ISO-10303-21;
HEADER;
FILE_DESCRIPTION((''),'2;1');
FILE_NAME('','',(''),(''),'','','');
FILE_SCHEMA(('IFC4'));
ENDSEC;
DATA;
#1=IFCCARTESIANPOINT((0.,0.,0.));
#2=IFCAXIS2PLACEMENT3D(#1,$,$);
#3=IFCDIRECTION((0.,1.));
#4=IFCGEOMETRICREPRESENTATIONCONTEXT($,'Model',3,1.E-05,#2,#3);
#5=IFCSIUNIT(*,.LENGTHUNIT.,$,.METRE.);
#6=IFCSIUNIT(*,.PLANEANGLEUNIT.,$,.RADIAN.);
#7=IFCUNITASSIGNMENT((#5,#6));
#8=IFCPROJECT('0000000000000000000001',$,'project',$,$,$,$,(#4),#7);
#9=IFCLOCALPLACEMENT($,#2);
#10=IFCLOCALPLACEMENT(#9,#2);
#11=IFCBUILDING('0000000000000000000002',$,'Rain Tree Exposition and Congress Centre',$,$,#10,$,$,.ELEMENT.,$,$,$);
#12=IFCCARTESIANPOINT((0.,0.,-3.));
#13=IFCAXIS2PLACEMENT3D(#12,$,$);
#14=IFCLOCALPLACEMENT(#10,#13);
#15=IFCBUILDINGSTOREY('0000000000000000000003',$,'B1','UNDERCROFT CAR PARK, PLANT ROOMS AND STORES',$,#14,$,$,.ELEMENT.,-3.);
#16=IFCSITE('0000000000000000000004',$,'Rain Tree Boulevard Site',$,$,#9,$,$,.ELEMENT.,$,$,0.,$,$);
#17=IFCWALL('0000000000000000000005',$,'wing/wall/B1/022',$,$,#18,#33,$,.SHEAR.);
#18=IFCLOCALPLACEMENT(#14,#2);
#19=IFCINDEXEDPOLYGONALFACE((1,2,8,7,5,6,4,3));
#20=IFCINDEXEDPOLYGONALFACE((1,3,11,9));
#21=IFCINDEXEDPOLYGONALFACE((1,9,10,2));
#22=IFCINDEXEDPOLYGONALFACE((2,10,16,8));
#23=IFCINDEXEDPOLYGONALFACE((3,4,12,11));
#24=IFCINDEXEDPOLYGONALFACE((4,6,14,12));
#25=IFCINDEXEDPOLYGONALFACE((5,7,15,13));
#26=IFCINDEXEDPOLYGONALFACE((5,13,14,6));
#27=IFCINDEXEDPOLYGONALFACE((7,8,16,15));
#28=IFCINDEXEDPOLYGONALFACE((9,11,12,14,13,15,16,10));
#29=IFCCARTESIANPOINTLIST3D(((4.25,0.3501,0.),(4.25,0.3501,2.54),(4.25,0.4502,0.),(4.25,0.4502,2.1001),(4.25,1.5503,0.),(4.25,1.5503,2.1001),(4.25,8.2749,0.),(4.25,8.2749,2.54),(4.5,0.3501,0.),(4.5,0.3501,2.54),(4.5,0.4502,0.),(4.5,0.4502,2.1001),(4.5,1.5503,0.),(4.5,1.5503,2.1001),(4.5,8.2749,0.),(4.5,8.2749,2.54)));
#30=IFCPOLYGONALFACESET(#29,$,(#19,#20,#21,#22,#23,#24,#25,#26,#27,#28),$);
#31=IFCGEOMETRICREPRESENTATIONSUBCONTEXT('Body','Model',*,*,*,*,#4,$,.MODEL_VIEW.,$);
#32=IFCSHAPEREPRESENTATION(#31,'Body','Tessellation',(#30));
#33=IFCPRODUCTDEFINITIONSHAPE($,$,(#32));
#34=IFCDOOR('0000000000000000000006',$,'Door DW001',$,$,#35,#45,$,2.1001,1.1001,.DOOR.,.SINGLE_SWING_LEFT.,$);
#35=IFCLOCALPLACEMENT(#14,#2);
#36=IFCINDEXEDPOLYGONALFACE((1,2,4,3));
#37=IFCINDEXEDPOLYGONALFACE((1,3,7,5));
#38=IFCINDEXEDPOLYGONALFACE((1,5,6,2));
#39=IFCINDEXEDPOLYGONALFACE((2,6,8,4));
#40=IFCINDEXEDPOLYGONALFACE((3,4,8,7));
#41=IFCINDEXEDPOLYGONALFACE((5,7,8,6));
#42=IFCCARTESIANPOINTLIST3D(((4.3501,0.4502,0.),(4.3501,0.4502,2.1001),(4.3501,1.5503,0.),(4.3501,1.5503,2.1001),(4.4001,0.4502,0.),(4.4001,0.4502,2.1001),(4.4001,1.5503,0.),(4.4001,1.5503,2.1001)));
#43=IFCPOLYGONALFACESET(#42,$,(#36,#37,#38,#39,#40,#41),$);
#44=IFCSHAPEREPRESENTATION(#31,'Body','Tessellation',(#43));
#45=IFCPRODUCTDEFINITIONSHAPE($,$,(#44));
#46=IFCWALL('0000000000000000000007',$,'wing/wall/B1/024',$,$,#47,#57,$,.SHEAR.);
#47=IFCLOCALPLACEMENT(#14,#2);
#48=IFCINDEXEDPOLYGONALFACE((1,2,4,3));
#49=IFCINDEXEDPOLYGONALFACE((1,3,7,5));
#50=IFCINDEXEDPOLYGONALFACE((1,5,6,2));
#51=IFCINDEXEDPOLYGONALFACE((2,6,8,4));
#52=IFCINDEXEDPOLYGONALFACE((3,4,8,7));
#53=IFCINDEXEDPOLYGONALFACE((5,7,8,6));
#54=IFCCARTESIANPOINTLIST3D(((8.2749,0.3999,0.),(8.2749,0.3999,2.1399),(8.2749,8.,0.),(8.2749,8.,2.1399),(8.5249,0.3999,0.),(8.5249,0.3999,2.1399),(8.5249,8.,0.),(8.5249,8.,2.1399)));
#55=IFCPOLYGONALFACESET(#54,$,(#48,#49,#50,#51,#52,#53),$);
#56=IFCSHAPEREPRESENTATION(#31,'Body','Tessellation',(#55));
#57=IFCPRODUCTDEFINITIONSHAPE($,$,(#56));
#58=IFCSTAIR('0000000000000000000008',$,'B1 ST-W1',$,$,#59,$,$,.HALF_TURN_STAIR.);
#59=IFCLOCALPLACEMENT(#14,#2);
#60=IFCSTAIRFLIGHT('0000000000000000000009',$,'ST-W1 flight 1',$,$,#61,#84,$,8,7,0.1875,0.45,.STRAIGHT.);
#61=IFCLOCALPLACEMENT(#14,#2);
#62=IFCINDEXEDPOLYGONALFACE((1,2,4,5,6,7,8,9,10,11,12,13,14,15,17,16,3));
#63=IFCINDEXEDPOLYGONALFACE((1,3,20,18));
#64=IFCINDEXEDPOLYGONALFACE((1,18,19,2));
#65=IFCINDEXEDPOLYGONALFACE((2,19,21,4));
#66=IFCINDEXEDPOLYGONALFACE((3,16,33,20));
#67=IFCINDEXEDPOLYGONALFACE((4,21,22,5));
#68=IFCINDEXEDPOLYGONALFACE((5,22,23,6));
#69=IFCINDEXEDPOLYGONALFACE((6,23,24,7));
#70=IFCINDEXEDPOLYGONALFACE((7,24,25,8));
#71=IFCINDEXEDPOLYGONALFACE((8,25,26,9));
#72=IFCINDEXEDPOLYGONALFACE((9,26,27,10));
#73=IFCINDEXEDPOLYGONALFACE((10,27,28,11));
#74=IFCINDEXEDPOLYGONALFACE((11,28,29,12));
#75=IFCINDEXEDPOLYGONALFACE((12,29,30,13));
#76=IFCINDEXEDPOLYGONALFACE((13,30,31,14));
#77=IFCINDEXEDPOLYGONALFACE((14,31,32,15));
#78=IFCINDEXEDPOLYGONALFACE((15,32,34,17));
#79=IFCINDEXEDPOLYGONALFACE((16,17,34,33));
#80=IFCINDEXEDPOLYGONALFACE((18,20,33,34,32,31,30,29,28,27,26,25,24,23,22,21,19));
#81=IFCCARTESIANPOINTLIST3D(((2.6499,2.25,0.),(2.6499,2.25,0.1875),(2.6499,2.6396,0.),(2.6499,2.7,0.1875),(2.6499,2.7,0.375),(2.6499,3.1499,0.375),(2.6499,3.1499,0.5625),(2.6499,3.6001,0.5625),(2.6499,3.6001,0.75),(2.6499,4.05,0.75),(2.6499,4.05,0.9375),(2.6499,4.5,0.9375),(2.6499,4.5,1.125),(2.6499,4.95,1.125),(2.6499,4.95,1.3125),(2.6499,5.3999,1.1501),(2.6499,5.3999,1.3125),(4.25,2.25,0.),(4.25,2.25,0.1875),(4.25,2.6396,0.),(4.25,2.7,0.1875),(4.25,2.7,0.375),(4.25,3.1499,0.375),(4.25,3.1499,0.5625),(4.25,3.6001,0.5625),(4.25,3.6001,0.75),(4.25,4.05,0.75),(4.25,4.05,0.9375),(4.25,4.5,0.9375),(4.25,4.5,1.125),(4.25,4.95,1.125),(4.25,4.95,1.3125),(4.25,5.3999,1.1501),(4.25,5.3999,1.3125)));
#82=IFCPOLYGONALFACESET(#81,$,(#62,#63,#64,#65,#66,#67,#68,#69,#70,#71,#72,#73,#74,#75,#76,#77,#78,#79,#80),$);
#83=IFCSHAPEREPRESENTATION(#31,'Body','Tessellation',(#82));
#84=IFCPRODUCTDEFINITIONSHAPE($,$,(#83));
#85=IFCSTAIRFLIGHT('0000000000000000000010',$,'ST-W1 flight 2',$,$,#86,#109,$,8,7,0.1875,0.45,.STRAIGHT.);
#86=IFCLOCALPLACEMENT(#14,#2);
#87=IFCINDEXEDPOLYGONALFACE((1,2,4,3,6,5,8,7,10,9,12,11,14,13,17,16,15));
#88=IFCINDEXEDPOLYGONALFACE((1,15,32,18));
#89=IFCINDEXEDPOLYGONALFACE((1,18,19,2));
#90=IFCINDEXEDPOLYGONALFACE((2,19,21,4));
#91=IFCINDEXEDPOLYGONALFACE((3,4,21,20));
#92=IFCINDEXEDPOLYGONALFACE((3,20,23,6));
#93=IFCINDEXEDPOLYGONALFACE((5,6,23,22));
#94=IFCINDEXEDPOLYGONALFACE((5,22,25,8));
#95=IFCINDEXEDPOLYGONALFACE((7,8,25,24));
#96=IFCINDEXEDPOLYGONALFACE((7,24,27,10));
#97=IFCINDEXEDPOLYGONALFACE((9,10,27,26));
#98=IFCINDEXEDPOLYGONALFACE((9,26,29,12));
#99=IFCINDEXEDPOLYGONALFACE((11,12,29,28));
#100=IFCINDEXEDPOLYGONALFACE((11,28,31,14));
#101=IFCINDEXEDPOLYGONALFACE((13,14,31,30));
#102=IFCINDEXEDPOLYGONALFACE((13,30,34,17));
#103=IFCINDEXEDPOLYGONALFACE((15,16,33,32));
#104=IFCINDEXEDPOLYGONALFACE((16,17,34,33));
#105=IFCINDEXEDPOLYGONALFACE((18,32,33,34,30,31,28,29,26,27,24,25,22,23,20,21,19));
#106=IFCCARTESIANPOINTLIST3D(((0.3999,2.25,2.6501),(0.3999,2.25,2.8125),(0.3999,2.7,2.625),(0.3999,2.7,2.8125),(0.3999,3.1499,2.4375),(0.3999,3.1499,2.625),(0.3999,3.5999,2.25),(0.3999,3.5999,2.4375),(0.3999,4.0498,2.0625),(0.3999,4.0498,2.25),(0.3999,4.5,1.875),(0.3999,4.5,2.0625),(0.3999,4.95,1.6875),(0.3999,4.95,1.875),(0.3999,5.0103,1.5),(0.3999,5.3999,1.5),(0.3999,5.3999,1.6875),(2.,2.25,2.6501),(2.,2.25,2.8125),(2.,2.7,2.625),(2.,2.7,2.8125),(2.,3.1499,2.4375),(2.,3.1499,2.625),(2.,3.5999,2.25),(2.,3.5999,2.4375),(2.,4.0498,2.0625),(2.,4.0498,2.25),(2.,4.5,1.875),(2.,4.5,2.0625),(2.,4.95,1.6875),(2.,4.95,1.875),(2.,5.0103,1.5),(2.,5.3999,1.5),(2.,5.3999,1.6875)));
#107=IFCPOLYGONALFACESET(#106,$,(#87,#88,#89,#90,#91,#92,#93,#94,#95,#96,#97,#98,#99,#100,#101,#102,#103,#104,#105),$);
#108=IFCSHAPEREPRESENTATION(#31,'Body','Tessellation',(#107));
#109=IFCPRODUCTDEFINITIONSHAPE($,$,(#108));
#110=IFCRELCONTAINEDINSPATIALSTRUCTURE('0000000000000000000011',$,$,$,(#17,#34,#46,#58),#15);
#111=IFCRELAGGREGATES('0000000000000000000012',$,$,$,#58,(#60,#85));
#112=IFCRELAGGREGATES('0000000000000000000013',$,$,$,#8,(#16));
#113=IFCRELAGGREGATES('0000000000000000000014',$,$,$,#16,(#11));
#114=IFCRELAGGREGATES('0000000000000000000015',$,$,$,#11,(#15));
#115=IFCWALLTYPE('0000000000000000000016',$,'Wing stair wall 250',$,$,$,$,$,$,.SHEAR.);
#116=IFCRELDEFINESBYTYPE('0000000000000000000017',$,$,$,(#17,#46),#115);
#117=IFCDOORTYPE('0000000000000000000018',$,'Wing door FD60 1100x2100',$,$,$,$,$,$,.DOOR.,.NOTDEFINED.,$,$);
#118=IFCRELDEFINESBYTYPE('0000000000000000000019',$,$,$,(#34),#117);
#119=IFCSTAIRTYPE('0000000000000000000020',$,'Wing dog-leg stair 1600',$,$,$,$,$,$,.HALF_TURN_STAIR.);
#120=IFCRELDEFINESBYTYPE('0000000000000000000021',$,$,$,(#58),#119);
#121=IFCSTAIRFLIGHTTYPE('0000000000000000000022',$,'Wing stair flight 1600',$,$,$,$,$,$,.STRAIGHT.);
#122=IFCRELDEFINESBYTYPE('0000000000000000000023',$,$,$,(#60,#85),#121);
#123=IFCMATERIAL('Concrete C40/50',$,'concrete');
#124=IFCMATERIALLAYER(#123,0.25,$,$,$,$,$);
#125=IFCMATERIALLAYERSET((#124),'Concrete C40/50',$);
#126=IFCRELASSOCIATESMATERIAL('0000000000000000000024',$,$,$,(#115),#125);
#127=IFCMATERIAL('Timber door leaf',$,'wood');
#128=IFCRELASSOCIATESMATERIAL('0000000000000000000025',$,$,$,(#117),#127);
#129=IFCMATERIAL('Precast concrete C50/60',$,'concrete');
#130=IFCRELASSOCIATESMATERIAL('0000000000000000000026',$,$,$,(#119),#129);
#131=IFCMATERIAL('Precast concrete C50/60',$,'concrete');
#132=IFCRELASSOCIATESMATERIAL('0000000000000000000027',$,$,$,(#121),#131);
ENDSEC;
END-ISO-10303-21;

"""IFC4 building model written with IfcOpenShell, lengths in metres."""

from ifc_helpers import new_model, si_unit, direction, frame, frame_2d, origin, place, context, subcontext, project, spatial, polyline, rectangle, outline, extrude, material, layer, layer_set, type_object, element, fill, aggregate, save


model = new_model("IFC4")

# Units and contexts
model_context = context("Model", 3, precision=1e-05, world=origin(), true_north=direction((0.0, 1.0)))
body_context = subcontext(model_context, "Body", "Model", "MODEL_VIEW")
ifc_project = project(units=[si_unit("LENGTHUNIT", "METRE"), si_unit("PLANEANGLEUNIT", "RADIAN")], contexts=[model_context])

# Site, building, storey
site_placement = place(None, origin())
site = spatial("IfcSite", under=ifc_project, at=site_placement, Name="Rain Tree Boulevard Site", CompositionType="ELEMENT", RefElevation=0.0)
building_placement = place(site_placement, origin())
building = spatial("IfcBuilding", under=site, at=building_placement, Name="Rain Tree Exposition and Congress Centre", CompositionType="ELEMENT")
storey_placement = place(building_placement, frame((0.0, 0.0, -3.0)))
storey = spatial("IfcBuildingStorey", under=building, at=storey_placement, Name="B1", Description="UNDERCROFT CAR PARK, PLANT ROOMS AND STORES", CompositionType="ELEMENT", Elevation=-3.0)

# Wall, opening, door
ifc_material_1 = material(Name="Concrete C40/50", Category="concrete")
ifc_layer = layer(ifc_material_1, 0.25)
ifc_layer_set = layer_set([ifc_layer], Name="Concrete C40/50")
wall_type = type_object("IfcWallType", Name="Wing stair wall 250", PredefinedType="SHEAR", material=ifc_layer_set)
wall_1_placement = place(storey_placement, frame((4.375, 0.3501, 0.0), z_axis=(0.0, 0.0, 1.0), x_axis=(0.0, 1.0, 0.0)))
wall_1 = element("IfcWall", 1, at=wall_1_placement, inside=storey, type_object=wall_type, Name="wing/wall/B1/022", PredefinedType="SHEAR", context=body_context, shape_type="SweptSolid", body=[
    extrude(rectangle(XDim=7.9248, YDim=0.25, at=frame_2d((3.9624, 0.0))), origin(), (0.0, 0.0, 1.0), 2.54),
])
opening_placement = place(wall_1_placement, frame((0.1001, 0.0, 0.0)))
opening = element("IfcOpeningElement", 2, at=opening_placement, cuts=wall_1, PredefinedType="OPENING", context=body_context, shape_type="SweptSolid", body=[
    extrude(rectangle(XDim=1.1001, YDim=2.1001, at=frame_2d((0.55, 1.05))), frame((0.0, 0.125, 0.0), z_axis=(0.0, -1.0, 0.0), x_axis=(1.0, 0.0, 0.0)), (0.0, 0.0, 1.0), 0.25),
])
ifc_material_2 = material(Name="Timber door leaf", Category="wood")
door_type = type_object("IfcDoorType", Name="Wing door FD60 1100x2100", OperationType="NOTDEFINED", PredefinedType="DOOR", material=ifc_material_2)
door_placement = place(opening_placement, origin())
door = element("IfcDoor", 3, at=door_placement, inside=storey, type_object=door_type, Name="Door DW001", OperationType="SINGLE_SWING_LEFT", OverallHeight=2.1001, OverallWidth=1.1001, PredefinedType="DOOR", context=body_context, shape_type="SweptSolid", body=[
    extrude(rectangle(XDim=1.1001, YDim=2.1001, at=frame_2d((0.55, 1.05))), frame((0.0, 0.0249, 0.0), z_axis=(0.0, -1.0, 0.0), x_axis=(1.0, 0.0, 0.0)), (0.0, 0.0, 1.0), 0.05),
])
fill(opening, door)

# Wall
wall_2_placement = place(storey_placement, frame((8.3999, 0.3999, 0.0), z_axis=(0.0, 0.0, 1.0), x_axis=(0.0, 1.0, 0.0)))
element("IfcWall", 4, at=wall_2_placement, inside=storey, type_object=wall_type, Name="wing/wall/B1/024", PredefinedType="SHEAR", context=body_context, shape_type="SweptSolid", body=[
    extrude(rectangle(XDim=7.6001, YDim=0.25, at=frame_2d((3.8, 0.0))), origin(), (0.0, 0.0, 1.0), 2.1399),
])

# Stair, stair flights
ifc_material_3 = material(Name="Precast concrete C50/60", Category="concrete")
stair_type = type_object("IfcStairType", Name="Wing dog-leg stair 1600", PredefinedType="HALF_TURN_STAIR", material=ifc_material_3)
stair_placement = place(storey_placement, origin())
stair = element("IfcStair", 5, at=stair_placement, inside=storey, type_object=stair_type, Name="B1 ST-W1", PredefinedType="HALF_TURN_STAIR")
ifc_material_4 = material(Name="Precast concrete C50/60", Category="concrete")
stair_flight_type = type_object("IfcStairFlightType", Name="Wing stair flight 1600", PredefinedType="STRAIGHT", material=ifc_material_4)
stair_flight_1_placement = place(storey_placement, frame((3.45, 2.25, 0.0), z_axis=(0.0, 0.0, 1.0), x_axis=(0.0, 1.0, 0.0)))
stair_flight_1 = element("IfcStairFlight", 6, at=stair_flight_1_placement, type_object=stair_flight_type, Name="ST-W1 flight 1", NumberOfRisers=8, NumberOfTreads=7, PredefinedType="STRAIGHT", RiserHeight=0.1875, TreadLength=0.45, context=body_context, shape_type="SweptSolid", body=[
    extrude(outline(polyline([(0.0, 0.0), (0.0, 0.1875), (0.45, 0.1875), (0.45, 0.375), (0.8999, 0.375), (0.8999, 0.5625), (1.3501, 0.5625), (1.3501, 0.75), (1.8, 0.75), (1.8, 0.9375), (2.25, 0.9375), (2.25, 1.125), (2.7, 1.125), (2.7, 1.3125), (3.1499, 1.3125), (3.1499, 1.5), (3.1499, 1.1501), (0.3896, 0.0), (0.0, 0.0)])), frame((0.0, 0.8, 0.0), z_axis=(0.0, -1.0, 0.0), x_axis=(1.0, 0.0, 0.0)), (0.0, 0.0, 1.0), 1.6001),
])
stair_flight_2_placement = place(storey_placement, frame((1.2, 5.3999, 1.5), z_axis=(0.0, 0.0, 1.0), x_axis=(0.0, -1.0, 0.0)))
stair_flight_2 = element("IfcStairFlight", 7, at=stair_flight_2_placement, type_object=stair_flight_type, Name="ST-W1 flight 2", NumberOfRisers=8, NumberOfTreads=7, PredefinedType="STRAIGHT", RiserHeight=0.1875, TreadLength=0.45, context=body_context, shape_type="SweptSolid", body=[
    extrude(outline(polyline([(0.0, 0.0), (0.0, 0.1875), (0.45, 0.1875), (0.45, 0.375), (0.8999, 0.375), (0.8999, 0.5625), (1.3501, 0.5625), (1.3501, 0.75), (1.8, 0.75), (1.8, 0.9375), (2.25, 0.9375), (2.25, 1.125), (2.7, 1.125), (2.7, 1.3125), (3.1499, 1.3125), (3.1499, 1.5), (3.1499, 1.1501), (0.3896, 0.0), (0.0, 0.0)])), frame((0.0, 0.8, 0.0), z_axis=(0.0, -1.0, 0.0), x_axis=(1.0, 0.0, 0.0)), (0.0, 0.0, 1.0), 1.6001),
])
aggregate(stair, [stair_flight_1, stair_flight_2])

save(model, "model.ifc")
